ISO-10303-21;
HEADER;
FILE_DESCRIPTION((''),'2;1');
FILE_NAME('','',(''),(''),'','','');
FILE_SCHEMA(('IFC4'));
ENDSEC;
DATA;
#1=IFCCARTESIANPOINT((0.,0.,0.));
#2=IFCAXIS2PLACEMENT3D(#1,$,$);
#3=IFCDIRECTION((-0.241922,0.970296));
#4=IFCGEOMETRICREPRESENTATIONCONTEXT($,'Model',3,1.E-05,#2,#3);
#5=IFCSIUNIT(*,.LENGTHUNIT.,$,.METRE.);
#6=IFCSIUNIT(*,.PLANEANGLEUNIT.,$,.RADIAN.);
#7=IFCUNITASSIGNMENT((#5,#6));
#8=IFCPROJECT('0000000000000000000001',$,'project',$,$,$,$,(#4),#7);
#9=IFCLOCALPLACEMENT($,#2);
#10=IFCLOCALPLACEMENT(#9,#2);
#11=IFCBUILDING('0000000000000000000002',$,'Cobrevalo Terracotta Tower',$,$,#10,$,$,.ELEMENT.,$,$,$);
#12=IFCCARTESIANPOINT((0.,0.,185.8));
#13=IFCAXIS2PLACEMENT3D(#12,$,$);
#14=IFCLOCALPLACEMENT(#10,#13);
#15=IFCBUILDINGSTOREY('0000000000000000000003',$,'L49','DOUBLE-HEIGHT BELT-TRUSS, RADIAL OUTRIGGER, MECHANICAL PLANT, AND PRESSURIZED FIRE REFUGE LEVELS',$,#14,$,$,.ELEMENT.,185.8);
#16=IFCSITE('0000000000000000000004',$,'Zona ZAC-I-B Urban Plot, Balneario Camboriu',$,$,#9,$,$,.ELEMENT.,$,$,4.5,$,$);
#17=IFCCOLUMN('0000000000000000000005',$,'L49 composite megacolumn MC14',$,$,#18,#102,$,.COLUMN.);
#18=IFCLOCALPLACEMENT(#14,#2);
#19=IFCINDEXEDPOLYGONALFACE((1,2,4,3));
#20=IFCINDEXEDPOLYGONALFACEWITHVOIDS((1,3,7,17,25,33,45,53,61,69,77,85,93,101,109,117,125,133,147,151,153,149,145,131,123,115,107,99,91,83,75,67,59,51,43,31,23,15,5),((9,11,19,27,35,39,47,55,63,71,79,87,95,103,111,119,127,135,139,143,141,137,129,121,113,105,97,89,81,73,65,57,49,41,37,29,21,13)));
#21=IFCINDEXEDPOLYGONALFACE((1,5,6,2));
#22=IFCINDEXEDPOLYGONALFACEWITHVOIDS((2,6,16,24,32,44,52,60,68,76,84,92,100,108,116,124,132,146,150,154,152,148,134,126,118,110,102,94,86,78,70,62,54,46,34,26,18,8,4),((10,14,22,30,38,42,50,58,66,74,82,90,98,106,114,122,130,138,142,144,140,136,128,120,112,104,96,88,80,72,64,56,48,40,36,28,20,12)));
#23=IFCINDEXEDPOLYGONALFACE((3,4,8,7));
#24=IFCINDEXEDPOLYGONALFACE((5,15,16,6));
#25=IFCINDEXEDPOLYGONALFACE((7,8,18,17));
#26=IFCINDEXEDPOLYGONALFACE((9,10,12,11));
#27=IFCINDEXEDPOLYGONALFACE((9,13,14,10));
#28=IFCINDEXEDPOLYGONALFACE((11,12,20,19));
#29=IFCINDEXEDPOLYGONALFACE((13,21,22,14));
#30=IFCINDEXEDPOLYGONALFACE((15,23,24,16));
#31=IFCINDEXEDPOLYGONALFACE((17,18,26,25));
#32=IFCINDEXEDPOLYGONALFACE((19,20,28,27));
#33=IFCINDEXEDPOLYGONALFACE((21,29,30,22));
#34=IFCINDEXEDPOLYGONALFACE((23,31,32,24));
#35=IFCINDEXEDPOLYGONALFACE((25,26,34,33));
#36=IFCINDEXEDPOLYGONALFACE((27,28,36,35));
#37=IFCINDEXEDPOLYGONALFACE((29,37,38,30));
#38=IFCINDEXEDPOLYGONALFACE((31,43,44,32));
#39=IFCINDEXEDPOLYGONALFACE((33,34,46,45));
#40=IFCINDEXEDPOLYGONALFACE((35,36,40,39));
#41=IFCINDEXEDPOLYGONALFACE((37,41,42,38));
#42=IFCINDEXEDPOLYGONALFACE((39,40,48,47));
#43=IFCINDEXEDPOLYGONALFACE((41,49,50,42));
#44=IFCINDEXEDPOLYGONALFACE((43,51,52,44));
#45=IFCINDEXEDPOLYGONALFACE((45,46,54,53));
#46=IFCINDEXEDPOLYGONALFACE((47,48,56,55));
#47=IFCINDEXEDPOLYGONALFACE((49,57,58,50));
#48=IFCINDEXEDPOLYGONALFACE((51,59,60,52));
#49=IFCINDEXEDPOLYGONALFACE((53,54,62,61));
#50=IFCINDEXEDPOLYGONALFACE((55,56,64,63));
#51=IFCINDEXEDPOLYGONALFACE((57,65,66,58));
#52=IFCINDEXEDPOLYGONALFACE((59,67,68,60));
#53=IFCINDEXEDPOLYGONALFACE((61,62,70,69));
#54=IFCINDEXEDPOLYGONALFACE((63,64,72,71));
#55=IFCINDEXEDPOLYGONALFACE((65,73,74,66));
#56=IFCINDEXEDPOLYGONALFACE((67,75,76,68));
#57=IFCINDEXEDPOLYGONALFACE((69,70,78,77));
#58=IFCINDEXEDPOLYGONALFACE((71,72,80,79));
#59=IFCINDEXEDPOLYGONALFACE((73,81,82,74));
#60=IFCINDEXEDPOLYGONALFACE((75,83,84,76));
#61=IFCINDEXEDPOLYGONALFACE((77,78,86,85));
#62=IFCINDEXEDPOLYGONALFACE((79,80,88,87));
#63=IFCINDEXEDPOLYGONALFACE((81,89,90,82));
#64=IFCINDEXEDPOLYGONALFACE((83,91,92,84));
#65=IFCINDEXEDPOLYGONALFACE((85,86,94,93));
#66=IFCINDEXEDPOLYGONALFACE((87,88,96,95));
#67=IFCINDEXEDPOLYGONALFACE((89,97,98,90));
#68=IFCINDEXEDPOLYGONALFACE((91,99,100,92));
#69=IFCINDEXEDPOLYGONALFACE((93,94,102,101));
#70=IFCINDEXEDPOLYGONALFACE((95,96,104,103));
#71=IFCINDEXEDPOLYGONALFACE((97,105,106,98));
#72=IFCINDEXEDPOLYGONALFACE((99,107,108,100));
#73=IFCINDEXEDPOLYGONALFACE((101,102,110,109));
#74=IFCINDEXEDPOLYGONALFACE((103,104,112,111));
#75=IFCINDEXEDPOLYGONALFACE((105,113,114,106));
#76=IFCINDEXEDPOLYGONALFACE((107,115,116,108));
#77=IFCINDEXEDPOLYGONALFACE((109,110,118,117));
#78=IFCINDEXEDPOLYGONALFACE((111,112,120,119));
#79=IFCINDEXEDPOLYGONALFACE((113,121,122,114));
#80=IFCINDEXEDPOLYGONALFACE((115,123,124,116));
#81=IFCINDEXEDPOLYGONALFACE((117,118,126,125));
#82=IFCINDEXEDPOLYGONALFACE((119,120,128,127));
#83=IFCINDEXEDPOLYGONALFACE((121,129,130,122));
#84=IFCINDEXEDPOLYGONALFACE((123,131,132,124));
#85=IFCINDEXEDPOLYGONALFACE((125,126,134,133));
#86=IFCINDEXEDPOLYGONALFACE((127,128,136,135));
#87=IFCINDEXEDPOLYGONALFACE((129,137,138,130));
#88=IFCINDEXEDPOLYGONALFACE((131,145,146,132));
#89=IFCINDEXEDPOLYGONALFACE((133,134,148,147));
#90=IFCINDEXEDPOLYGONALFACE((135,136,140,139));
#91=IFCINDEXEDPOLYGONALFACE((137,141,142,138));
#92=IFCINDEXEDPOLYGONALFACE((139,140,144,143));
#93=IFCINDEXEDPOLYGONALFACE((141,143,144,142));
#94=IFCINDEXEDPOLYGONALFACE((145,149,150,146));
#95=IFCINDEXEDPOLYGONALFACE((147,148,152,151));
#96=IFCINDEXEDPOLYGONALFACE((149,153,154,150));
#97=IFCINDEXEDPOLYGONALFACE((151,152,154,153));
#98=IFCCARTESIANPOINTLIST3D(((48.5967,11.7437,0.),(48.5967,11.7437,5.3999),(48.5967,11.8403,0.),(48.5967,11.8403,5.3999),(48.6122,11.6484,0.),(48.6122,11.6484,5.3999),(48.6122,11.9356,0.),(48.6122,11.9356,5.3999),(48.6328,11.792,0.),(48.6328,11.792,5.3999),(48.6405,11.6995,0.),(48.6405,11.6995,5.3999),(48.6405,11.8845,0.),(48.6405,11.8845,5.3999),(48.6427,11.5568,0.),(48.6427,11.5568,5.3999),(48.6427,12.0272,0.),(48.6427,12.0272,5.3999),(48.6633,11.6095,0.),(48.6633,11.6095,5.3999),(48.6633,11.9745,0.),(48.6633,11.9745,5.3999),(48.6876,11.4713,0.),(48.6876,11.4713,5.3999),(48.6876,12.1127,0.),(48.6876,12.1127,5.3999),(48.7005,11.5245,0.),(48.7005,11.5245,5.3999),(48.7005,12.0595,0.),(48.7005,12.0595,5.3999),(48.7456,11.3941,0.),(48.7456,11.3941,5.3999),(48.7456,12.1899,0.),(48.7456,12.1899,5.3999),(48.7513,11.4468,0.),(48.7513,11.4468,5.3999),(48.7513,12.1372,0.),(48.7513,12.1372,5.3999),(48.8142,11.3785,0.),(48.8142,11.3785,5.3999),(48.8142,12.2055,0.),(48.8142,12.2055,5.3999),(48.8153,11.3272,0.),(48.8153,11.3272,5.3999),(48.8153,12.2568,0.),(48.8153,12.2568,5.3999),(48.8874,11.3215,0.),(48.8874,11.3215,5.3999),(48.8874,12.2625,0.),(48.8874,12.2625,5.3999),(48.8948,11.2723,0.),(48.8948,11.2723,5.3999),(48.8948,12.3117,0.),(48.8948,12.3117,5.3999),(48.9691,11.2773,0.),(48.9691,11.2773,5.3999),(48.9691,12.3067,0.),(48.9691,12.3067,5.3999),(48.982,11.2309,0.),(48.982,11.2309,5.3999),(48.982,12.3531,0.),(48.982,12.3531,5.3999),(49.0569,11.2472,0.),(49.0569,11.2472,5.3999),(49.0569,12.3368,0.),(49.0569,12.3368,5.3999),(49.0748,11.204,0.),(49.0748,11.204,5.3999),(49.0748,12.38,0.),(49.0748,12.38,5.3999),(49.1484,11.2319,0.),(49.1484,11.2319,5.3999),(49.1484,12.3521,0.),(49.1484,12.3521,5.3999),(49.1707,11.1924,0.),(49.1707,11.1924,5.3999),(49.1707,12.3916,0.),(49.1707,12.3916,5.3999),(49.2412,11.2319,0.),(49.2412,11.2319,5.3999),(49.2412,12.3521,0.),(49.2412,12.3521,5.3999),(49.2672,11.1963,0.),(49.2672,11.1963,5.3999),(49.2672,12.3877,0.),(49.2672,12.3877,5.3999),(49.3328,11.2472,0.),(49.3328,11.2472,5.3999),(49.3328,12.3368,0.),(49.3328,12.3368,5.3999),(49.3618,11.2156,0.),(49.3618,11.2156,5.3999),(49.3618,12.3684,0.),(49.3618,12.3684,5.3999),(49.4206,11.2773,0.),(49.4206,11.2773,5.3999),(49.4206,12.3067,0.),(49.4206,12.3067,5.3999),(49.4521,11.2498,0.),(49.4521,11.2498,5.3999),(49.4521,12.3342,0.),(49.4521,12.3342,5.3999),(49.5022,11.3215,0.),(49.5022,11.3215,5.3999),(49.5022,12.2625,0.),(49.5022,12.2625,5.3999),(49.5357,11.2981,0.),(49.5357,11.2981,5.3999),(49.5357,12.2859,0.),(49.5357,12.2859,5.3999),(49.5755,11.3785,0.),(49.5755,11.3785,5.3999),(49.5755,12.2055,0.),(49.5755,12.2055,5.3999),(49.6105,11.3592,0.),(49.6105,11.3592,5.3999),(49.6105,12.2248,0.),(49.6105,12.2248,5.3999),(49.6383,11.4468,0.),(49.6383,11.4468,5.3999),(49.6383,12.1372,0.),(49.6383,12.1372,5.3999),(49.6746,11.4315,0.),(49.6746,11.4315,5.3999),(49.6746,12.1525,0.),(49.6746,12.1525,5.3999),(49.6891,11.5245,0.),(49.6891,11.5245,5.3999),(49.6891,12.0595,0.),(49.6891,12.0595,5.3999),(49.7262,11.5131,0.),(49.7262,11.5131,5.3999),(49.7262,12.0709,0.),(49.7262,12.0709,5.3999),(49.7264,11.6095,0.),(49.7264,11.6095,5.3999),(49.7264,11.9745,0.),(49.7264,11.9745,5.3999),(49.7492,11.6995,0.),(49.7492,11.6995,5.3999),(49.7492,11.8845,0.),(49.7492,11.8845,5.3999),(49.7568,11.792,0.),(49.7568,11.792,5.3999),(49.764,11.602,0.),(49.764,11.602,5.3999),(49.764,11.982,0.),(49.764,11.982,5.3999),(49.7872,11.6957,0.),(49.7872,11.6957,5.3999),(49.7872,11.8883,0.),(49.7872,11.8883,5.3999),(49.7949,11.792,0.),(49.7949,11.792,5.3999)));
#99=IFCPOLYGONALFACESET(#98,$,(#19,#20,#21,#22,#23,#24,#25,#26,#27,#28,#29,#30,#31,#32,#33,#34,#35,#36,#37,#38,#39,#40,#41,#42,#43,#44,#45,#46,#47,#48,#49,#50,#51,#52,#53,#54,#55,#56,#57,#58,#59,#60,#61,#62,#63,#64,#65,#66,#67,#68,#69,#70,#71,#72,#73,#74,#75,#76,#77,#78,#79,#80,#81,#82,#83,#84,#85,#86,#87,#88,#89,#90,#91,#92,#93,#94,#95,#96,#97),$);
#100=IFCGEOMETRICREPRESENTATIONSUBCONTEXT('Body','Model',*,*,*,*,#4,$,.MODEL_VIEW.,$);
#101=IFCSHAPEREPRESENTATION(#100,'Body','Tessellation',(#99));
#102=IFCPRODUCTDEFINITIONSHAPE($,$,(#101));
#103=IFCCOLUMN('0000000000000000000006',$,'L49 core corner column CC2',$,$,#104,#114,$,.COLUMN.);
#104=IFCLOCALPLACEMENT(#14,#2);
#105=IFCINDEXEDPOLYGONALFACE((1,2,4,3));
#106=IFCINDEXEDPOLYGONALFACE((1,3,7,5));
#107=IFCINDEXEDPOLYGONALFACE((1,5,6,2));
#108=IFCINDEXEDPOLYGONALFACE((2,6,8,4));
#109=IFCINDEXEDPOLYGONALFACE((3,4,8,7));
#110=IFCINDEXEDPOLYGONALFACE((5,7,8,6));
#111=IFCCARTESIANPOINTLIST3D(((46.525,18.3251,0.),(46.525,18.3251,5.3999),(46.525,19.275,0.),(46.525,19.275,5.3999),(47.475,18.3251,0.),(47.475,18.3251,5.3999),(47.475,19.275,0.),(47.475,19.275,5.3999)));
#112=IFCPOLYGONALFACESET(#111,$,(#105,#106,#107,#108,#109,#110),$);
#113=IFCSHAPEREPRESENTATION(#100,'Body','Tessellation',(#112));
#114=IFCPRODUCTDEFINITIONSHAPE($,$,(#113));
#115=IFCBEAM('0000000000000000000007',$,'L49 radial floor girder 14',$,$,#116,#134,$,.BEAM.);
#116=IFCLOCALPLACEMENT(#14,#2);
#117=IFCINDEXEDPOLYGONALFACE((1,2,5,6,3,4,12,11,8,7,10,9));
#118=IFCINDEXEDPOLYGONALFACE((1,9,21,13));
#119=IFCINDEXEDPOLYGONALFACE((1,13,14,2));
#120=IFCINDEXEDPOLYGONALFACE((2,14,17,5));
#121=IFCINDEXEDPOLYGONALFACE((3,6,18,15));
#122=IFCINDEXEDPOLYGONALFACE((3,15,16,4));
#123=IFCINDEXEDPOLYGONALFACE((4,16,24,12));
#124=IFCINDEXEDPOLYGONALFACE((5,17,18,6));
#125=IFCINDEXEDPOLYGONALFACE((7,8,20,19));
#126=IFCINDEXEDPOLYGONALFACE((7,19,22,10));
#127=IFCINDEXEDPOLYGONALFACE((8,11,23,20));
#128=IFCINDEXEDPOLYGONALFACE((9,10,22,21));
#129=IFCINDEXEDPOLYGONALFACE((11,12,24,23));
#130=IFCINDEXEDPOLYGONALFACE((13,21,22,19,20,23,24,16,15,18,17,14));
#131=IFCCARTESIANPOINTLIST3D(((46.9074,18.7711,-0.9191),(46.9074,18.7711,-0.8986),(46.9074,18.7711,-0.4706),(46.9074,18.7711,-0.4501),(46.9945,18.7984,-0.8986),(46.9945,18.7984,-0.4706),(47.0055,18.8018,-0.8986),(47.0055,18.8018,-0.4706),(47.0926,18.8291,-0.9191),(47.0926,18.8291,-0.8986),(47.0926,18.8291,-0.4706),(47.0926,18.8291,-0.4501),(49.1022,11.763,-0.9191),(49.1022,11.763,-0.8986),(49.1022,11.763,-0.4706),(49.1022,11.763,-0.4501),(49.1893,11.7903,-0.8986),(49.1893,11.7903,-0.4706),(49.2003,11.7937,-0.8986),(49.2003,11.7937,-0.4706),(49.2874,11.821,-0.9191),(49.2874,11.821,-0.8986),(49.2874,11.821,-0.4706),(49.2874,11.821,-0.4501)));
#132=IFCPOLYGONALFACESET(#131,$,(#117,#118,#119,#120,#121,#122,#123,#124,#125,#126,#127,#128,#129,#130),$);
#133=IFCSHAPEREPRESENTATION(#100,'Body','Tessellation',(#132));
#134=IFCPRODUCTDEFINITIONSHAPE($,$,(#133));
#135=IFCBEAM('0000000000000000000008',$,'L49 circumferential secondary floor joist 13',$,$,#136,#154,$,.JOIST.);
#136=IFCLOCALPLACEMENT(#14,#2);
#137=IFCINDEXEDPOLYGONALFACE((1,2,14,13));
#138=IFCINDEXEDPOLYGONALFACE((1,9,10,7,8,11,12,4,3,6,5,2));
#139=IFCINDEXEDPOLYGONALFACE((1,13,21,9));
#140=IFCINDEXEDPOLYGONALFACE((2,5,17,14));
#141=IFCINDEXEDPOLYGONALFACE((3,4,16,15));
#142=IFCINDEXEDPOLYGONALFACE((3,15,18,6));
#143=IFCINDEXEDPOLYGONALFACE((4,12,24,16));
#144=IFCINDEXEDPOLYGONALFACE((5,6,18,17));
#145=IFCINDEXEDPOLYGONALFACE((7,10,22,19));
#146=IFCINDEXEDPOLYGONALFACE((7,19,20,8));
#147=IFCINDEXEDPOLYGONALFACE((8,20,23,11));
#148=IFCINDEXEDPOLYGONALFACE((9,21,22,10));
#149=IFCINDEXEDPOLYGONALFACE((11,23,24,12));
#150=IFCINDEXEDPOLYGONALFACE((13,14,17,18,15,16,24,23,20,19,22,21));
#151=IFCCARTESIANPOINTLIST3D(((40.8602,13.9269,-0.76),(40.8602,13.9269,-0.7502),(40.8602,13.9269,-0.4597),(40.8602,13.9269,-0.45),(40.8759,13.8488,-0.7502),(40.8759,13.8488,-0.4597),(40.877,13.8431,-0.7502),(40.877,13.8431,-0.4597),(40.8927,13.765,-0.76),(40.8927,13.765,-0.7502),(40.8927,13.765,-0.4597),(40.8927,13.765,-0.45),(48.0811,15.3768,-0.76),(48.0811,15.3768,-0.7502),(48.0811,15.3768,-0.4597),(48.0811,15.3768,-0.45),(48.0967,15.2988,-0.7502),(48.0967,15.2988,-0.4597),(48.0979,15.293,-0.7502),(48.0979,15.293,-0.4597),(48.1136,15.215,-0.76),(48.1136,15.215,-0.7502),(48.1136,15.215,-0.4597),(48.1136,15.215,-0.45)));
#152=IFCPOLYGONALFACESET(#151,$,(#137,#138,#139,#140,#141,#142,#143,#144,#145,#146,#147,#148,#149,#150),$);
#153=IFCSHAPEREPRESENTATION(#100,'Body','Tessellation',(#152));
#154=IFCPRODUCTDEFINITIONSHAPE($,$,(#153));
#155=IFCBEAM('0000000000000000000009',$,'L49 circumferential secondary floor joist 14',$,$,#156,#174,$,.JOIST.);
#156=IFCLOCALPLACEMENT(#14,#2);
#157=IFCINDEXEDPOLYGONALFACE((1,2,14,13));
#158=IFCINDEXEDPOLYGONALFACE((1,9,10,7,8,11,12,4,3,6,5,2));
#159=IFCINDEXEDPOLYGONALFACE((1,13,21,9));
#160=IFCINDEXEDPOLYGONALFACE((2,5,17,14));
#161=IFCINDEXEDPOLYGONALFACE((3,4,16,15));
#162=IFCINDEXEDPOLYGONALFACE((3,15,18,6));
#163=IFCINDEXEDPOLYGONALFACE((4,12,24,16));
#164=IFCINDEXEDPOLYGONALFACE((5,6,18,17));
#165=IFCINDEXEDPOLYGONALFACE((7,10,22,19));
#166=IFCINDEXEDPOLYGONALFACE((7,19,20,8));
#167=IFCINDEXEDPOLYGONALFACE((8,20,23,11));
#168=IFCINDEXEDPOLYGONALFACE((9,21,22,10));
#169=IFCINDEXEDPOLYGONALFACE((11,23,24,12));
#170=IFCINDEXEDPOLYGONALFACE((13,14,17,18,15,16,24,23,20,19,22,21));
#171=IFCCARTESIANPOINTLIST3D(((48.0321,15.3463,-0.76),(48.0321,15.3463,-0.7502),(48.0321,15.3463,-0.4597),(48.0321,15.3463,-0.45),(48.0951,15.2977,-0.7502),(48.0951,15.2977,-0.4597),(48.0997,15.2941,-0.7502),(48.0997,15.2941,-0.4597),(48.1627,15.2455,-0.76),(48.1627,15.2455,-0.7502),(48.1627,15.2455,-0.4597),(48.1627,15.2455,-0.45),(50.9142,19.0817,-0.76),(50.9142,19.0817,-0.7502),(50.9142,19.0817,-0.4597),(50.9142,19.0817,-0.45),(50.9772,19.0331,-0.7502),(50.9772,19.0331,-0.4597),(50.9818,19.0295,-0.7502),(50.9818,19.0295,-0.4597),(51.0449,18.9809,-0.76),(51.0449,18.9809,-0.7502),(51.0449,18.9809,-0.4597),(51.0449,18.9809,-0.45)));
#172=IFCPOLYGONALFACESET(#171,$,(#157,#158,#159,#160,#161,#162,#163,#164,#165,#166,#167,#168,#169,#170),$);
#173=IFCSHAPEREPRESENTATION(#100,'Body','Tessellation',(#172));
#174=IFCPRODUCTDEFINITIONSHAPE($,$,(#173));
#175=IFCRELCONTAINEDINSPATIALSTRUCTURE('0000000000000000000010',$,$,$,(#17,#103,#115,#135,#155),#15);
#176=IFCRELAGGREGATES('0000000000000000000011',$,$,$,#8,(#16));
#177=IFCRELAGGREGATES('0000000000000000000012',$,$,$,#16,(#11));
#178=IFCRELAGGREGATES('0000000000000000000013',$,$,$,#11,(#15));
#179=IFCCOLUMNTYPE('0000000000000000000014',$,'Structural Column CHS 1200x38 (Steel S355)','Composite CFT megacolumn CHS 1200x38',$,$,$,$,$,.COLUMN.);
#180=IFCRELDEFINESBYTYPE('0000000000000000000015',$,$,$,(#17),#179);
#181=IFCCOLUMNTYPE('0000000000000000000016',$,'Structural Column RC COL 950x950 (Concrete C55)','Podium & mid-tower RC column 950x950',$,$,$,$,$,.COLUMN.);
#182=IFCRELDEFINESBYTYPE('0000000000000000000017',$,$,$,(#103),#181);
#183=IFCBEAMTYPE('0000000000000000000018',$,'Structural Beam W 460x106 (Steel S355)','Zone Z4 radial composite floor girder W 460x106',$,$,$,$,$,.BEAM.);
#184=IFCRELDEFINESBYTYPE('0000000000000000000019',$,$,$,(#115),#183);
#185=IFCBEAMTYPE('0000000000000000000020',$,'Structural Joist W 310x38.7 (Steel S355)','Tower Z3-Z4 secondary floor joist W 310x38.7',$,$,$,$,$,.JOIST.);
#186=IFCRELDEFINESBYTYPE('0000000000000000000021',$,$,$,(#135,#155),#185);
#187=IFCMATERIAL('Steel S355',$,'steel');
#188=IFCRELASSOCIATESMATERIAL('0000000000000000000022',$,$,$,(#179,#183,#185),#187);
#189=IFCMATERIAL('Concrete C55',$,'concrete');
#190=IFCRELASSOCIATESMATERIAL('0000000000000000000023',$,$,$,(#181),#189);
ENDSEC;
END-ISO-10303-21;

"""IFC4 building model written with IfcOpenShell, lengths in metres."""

from ifc_helpers import new_model, si_unit, direction, frame, origin, origin_2d, place, context, subcontext, project, spatial, rectangle, hollow_circle, i_section, extrude, material, material_profile, profile_set, type_object, element, save


model = new_model("IFC4")

# Units and contexts
model_context = context("Model", 3, precision=1e-05, world=origin(), true_north=direction((-0.241922, 0.970296)))
body_context = subcontext(model_context, "Body", "Model", "MODEL_VIEW")
ifc_project = project(units=[si_unit("LENGTHUNIT", "METRE"), si_unit("PLANEANGLEUNIT", "RADIAN")], contexts=[model_context])

# Site, building, storey
site_placement = place(None, origin())
site = spatial("IfcSite", under=ifc_project, at=site_placement, Name="Zona ZAC-I-B Urban Plot, Balneario Camboriu", CompositionType="ELEMENT", RefElevation=4.5)
building_placement = place(site_placement, origin())
building = spatial("IfcBuilding", under=site, at=building_placement, Name="Cobrevalo Terracotta Tower", CompositionType="ELEMENT")
storey_placement = place(building_placement, frame((0.0, 0.0, 185.8)))
storey = spatial("IfcBuildingStorey", under=building, at=storey_placement, Name="L49", Description="DOUBLE-HEIGHT BELT-TRUSS, RADIAL OUTRIGGER, MECHANICAL PLANT, AND PRESSURIZED FIRE REFUGE LEVELS", CompositionType="ELEMENT", Elevation=185.8)

# Columns
ifc_material_1 = material(Name="Steel S355", Category="steel")
ifc_material_profile_1 = material_profile(ifc_material_1, hollow_circle(Radius=0.6001, WallThickness=0.0381, at=origin_2d()), Name="CHS 1200x38")
ifc_profile_set_1 = profile_set([ifc_material_profile_1], Name="Steel S355")
column_type_1 = type_object("IfcColumnType", Name="Structural Column CHS 1200x38 (Steel S355)", Description="Composite CFT megacolumn CHS 1200x38", PredefinedType="COLUMN", material=ifc_profile_set_1)
column_1_placement = place(storey_placement, frame((49.1948, 11.792, 0.0), z_axis=(0.0, 0.0, 1.0), x_axis=(1.0, 0.0, 0.0)))
element("IfcColumn", 1, at=column_1_placement, inside=storey, type_object=column_type_1, Name="L49 composite megacolumn MC14", PredefinedType="COLUMN", context=body_context, shape_type="SweptSolid", body=[
    extrude(hollow_circle(Radius=0.6001, WallThickness=0.0381, at=origin_2d()), origin(), (0.0, 0.0, 1.0), 5.3999),
])
ifc_material_2 = material(Name="Concrete C55", Category="concrete")
ifc_material_profile_2 = material_profile(ifc_material_2, rectangle(XDim=0.95, YDim=0.95, at=origin_2d()), Name="RC COL 950x950")
ifc_profile_set_2 = profile_set([ifc_material_profile_2], Name="Concrete C55")
column_type_2 = type_object("IfcColumnType", Name="Structural Column RC COL 950x950 (Concrete C55)", Description="Podium & mid-tower RC column 950x950", PredefinedType="COLUMN", material=ifc_profile_set_2)
column_2_placement = place(storey_placement, frame((47.0, 18.8, 0.0), z_axis=(0.0, 0.0, 1.0), x_axis=(1.0, 0.0, 0.0)))
element("IfcColumn", 2, at=column_2_placement, inside=storey, type_object=column_type_2, Name="L49 core corner column CC2", PredefinedType="COLUMN", context=body_context, shape_type="SweptSolid", body=[
    extrude(rectangle(XDim=0.95, YDim=0.95, at=origin_2d()), origin(), (0.0, 0.0, 1.0), 5.3999),
])

# Beams
ifc_material_profile_3 = material_profile(ifc_material_1, i_section(OverallWidth=0.1941, OverallDepth=0.469, WebThickness=0.0115, FlangeThickness=0.0205, at=origin_2d()), Name="W 460x106")
ifc_profile_set_3 = profile_set([ifc_material_profile_3], Name="Steel S355")
beam_type_1 = type_object("IfcBeamType", Name="Structural Beam W 460x106 (Steel S355)", Description="Zone Z4 radial composite floor girder W 460x106", PredefinedType="BEAM", material=ifc_profile_set_3)
beam_1_placement = place(storey_placement, frame((49.1948, 11.792, -0.6846), z_axis=(-0.298871, 0.954293, 0.0), x_axis=(-0.954293, -0.298871, 0.0)))
element("IfcBeam", 3, at=beam_1_placement, inside=storey, type_object=beam_type_1, Name="L49 radial floor girder 14", PredefinedType="BEAM", context=body_context, shape_type="SweptSolid", body=[
    extrude(i_section(OverallWidth=0.1941, OverallDepth=0.469, WebThickness=0.0115, FlangeThickness=0.0205, at=origin_2d()), origin(), (0.0, 0.0, 1.0), 7.3438),
])
ifc_material_profile_4 = material_profile(ifc_material_1, i_section(OverallWidth=0.165, OverallDepth=0.3101, WebThickness=0.0059, FlangeThickness=0.0098, at=origin_2d()), Name="W 310x38.7")
ifc_profile_set_4 = profile_set([ifc_material_profile_4], Name="Steel S355")
beam_type_2 = type_object("IfcBeamType", Name="Structural Joist W 310x38.7 (Steel S355)", Description="Tower Z3-Z4 secondary floor joist W 310x38.7", PredefinedType="JOIST", material=ifc_profile_set_4)
beam_2_placement = place(storey_placement, frame((40.8765, 13.8459, -0.605), z_axis=(0.98043, 0.196868, 0.0), x_axis=(-0.196868, 0.98043, 0.0)))
element("IfcBeam", 4, at=beam_2_placement, inside=storey, type_object=beam_type_2, Name="L49 circumferential secondary floor joist 13", PredefinedType="JOIST", context=body_context, shape_type="SweptSolid", body=[
    extrude(i_section(OverallWidth=0.165, OverallDepth=0.3101, WebThickness=0.0059, FlangeThickness=0.0098, at=origin_2d()), origin(), (0.0, 0.0, 1.0), 7.365),
])
beam_3_placement = place(storey_placement, frame((48.0974, 15.2959, -0.605), z_axis=(0.610873, 0.791729, 0.0), x_axis=(-0.791729, 0.610873, 0.0)))
element("IfcBeam", 5, at=beam_3_placement, inside=storey, type_object=beam_type_2, Name="L49 circumferential secondary floor joist 14", PredefinedType="JOIST", context=body_context, shape_type="SweptSolid", body=[
    extrude(i_section(OverallWidth=0.165, OverallDepth=0.3101, WebThickness=0.0059, FlangeThickness=0.0098, at=origin_2d()), origin(), (0.0, 0.0, 1.0), 4.718),
])

save(model, "model.ifc")
